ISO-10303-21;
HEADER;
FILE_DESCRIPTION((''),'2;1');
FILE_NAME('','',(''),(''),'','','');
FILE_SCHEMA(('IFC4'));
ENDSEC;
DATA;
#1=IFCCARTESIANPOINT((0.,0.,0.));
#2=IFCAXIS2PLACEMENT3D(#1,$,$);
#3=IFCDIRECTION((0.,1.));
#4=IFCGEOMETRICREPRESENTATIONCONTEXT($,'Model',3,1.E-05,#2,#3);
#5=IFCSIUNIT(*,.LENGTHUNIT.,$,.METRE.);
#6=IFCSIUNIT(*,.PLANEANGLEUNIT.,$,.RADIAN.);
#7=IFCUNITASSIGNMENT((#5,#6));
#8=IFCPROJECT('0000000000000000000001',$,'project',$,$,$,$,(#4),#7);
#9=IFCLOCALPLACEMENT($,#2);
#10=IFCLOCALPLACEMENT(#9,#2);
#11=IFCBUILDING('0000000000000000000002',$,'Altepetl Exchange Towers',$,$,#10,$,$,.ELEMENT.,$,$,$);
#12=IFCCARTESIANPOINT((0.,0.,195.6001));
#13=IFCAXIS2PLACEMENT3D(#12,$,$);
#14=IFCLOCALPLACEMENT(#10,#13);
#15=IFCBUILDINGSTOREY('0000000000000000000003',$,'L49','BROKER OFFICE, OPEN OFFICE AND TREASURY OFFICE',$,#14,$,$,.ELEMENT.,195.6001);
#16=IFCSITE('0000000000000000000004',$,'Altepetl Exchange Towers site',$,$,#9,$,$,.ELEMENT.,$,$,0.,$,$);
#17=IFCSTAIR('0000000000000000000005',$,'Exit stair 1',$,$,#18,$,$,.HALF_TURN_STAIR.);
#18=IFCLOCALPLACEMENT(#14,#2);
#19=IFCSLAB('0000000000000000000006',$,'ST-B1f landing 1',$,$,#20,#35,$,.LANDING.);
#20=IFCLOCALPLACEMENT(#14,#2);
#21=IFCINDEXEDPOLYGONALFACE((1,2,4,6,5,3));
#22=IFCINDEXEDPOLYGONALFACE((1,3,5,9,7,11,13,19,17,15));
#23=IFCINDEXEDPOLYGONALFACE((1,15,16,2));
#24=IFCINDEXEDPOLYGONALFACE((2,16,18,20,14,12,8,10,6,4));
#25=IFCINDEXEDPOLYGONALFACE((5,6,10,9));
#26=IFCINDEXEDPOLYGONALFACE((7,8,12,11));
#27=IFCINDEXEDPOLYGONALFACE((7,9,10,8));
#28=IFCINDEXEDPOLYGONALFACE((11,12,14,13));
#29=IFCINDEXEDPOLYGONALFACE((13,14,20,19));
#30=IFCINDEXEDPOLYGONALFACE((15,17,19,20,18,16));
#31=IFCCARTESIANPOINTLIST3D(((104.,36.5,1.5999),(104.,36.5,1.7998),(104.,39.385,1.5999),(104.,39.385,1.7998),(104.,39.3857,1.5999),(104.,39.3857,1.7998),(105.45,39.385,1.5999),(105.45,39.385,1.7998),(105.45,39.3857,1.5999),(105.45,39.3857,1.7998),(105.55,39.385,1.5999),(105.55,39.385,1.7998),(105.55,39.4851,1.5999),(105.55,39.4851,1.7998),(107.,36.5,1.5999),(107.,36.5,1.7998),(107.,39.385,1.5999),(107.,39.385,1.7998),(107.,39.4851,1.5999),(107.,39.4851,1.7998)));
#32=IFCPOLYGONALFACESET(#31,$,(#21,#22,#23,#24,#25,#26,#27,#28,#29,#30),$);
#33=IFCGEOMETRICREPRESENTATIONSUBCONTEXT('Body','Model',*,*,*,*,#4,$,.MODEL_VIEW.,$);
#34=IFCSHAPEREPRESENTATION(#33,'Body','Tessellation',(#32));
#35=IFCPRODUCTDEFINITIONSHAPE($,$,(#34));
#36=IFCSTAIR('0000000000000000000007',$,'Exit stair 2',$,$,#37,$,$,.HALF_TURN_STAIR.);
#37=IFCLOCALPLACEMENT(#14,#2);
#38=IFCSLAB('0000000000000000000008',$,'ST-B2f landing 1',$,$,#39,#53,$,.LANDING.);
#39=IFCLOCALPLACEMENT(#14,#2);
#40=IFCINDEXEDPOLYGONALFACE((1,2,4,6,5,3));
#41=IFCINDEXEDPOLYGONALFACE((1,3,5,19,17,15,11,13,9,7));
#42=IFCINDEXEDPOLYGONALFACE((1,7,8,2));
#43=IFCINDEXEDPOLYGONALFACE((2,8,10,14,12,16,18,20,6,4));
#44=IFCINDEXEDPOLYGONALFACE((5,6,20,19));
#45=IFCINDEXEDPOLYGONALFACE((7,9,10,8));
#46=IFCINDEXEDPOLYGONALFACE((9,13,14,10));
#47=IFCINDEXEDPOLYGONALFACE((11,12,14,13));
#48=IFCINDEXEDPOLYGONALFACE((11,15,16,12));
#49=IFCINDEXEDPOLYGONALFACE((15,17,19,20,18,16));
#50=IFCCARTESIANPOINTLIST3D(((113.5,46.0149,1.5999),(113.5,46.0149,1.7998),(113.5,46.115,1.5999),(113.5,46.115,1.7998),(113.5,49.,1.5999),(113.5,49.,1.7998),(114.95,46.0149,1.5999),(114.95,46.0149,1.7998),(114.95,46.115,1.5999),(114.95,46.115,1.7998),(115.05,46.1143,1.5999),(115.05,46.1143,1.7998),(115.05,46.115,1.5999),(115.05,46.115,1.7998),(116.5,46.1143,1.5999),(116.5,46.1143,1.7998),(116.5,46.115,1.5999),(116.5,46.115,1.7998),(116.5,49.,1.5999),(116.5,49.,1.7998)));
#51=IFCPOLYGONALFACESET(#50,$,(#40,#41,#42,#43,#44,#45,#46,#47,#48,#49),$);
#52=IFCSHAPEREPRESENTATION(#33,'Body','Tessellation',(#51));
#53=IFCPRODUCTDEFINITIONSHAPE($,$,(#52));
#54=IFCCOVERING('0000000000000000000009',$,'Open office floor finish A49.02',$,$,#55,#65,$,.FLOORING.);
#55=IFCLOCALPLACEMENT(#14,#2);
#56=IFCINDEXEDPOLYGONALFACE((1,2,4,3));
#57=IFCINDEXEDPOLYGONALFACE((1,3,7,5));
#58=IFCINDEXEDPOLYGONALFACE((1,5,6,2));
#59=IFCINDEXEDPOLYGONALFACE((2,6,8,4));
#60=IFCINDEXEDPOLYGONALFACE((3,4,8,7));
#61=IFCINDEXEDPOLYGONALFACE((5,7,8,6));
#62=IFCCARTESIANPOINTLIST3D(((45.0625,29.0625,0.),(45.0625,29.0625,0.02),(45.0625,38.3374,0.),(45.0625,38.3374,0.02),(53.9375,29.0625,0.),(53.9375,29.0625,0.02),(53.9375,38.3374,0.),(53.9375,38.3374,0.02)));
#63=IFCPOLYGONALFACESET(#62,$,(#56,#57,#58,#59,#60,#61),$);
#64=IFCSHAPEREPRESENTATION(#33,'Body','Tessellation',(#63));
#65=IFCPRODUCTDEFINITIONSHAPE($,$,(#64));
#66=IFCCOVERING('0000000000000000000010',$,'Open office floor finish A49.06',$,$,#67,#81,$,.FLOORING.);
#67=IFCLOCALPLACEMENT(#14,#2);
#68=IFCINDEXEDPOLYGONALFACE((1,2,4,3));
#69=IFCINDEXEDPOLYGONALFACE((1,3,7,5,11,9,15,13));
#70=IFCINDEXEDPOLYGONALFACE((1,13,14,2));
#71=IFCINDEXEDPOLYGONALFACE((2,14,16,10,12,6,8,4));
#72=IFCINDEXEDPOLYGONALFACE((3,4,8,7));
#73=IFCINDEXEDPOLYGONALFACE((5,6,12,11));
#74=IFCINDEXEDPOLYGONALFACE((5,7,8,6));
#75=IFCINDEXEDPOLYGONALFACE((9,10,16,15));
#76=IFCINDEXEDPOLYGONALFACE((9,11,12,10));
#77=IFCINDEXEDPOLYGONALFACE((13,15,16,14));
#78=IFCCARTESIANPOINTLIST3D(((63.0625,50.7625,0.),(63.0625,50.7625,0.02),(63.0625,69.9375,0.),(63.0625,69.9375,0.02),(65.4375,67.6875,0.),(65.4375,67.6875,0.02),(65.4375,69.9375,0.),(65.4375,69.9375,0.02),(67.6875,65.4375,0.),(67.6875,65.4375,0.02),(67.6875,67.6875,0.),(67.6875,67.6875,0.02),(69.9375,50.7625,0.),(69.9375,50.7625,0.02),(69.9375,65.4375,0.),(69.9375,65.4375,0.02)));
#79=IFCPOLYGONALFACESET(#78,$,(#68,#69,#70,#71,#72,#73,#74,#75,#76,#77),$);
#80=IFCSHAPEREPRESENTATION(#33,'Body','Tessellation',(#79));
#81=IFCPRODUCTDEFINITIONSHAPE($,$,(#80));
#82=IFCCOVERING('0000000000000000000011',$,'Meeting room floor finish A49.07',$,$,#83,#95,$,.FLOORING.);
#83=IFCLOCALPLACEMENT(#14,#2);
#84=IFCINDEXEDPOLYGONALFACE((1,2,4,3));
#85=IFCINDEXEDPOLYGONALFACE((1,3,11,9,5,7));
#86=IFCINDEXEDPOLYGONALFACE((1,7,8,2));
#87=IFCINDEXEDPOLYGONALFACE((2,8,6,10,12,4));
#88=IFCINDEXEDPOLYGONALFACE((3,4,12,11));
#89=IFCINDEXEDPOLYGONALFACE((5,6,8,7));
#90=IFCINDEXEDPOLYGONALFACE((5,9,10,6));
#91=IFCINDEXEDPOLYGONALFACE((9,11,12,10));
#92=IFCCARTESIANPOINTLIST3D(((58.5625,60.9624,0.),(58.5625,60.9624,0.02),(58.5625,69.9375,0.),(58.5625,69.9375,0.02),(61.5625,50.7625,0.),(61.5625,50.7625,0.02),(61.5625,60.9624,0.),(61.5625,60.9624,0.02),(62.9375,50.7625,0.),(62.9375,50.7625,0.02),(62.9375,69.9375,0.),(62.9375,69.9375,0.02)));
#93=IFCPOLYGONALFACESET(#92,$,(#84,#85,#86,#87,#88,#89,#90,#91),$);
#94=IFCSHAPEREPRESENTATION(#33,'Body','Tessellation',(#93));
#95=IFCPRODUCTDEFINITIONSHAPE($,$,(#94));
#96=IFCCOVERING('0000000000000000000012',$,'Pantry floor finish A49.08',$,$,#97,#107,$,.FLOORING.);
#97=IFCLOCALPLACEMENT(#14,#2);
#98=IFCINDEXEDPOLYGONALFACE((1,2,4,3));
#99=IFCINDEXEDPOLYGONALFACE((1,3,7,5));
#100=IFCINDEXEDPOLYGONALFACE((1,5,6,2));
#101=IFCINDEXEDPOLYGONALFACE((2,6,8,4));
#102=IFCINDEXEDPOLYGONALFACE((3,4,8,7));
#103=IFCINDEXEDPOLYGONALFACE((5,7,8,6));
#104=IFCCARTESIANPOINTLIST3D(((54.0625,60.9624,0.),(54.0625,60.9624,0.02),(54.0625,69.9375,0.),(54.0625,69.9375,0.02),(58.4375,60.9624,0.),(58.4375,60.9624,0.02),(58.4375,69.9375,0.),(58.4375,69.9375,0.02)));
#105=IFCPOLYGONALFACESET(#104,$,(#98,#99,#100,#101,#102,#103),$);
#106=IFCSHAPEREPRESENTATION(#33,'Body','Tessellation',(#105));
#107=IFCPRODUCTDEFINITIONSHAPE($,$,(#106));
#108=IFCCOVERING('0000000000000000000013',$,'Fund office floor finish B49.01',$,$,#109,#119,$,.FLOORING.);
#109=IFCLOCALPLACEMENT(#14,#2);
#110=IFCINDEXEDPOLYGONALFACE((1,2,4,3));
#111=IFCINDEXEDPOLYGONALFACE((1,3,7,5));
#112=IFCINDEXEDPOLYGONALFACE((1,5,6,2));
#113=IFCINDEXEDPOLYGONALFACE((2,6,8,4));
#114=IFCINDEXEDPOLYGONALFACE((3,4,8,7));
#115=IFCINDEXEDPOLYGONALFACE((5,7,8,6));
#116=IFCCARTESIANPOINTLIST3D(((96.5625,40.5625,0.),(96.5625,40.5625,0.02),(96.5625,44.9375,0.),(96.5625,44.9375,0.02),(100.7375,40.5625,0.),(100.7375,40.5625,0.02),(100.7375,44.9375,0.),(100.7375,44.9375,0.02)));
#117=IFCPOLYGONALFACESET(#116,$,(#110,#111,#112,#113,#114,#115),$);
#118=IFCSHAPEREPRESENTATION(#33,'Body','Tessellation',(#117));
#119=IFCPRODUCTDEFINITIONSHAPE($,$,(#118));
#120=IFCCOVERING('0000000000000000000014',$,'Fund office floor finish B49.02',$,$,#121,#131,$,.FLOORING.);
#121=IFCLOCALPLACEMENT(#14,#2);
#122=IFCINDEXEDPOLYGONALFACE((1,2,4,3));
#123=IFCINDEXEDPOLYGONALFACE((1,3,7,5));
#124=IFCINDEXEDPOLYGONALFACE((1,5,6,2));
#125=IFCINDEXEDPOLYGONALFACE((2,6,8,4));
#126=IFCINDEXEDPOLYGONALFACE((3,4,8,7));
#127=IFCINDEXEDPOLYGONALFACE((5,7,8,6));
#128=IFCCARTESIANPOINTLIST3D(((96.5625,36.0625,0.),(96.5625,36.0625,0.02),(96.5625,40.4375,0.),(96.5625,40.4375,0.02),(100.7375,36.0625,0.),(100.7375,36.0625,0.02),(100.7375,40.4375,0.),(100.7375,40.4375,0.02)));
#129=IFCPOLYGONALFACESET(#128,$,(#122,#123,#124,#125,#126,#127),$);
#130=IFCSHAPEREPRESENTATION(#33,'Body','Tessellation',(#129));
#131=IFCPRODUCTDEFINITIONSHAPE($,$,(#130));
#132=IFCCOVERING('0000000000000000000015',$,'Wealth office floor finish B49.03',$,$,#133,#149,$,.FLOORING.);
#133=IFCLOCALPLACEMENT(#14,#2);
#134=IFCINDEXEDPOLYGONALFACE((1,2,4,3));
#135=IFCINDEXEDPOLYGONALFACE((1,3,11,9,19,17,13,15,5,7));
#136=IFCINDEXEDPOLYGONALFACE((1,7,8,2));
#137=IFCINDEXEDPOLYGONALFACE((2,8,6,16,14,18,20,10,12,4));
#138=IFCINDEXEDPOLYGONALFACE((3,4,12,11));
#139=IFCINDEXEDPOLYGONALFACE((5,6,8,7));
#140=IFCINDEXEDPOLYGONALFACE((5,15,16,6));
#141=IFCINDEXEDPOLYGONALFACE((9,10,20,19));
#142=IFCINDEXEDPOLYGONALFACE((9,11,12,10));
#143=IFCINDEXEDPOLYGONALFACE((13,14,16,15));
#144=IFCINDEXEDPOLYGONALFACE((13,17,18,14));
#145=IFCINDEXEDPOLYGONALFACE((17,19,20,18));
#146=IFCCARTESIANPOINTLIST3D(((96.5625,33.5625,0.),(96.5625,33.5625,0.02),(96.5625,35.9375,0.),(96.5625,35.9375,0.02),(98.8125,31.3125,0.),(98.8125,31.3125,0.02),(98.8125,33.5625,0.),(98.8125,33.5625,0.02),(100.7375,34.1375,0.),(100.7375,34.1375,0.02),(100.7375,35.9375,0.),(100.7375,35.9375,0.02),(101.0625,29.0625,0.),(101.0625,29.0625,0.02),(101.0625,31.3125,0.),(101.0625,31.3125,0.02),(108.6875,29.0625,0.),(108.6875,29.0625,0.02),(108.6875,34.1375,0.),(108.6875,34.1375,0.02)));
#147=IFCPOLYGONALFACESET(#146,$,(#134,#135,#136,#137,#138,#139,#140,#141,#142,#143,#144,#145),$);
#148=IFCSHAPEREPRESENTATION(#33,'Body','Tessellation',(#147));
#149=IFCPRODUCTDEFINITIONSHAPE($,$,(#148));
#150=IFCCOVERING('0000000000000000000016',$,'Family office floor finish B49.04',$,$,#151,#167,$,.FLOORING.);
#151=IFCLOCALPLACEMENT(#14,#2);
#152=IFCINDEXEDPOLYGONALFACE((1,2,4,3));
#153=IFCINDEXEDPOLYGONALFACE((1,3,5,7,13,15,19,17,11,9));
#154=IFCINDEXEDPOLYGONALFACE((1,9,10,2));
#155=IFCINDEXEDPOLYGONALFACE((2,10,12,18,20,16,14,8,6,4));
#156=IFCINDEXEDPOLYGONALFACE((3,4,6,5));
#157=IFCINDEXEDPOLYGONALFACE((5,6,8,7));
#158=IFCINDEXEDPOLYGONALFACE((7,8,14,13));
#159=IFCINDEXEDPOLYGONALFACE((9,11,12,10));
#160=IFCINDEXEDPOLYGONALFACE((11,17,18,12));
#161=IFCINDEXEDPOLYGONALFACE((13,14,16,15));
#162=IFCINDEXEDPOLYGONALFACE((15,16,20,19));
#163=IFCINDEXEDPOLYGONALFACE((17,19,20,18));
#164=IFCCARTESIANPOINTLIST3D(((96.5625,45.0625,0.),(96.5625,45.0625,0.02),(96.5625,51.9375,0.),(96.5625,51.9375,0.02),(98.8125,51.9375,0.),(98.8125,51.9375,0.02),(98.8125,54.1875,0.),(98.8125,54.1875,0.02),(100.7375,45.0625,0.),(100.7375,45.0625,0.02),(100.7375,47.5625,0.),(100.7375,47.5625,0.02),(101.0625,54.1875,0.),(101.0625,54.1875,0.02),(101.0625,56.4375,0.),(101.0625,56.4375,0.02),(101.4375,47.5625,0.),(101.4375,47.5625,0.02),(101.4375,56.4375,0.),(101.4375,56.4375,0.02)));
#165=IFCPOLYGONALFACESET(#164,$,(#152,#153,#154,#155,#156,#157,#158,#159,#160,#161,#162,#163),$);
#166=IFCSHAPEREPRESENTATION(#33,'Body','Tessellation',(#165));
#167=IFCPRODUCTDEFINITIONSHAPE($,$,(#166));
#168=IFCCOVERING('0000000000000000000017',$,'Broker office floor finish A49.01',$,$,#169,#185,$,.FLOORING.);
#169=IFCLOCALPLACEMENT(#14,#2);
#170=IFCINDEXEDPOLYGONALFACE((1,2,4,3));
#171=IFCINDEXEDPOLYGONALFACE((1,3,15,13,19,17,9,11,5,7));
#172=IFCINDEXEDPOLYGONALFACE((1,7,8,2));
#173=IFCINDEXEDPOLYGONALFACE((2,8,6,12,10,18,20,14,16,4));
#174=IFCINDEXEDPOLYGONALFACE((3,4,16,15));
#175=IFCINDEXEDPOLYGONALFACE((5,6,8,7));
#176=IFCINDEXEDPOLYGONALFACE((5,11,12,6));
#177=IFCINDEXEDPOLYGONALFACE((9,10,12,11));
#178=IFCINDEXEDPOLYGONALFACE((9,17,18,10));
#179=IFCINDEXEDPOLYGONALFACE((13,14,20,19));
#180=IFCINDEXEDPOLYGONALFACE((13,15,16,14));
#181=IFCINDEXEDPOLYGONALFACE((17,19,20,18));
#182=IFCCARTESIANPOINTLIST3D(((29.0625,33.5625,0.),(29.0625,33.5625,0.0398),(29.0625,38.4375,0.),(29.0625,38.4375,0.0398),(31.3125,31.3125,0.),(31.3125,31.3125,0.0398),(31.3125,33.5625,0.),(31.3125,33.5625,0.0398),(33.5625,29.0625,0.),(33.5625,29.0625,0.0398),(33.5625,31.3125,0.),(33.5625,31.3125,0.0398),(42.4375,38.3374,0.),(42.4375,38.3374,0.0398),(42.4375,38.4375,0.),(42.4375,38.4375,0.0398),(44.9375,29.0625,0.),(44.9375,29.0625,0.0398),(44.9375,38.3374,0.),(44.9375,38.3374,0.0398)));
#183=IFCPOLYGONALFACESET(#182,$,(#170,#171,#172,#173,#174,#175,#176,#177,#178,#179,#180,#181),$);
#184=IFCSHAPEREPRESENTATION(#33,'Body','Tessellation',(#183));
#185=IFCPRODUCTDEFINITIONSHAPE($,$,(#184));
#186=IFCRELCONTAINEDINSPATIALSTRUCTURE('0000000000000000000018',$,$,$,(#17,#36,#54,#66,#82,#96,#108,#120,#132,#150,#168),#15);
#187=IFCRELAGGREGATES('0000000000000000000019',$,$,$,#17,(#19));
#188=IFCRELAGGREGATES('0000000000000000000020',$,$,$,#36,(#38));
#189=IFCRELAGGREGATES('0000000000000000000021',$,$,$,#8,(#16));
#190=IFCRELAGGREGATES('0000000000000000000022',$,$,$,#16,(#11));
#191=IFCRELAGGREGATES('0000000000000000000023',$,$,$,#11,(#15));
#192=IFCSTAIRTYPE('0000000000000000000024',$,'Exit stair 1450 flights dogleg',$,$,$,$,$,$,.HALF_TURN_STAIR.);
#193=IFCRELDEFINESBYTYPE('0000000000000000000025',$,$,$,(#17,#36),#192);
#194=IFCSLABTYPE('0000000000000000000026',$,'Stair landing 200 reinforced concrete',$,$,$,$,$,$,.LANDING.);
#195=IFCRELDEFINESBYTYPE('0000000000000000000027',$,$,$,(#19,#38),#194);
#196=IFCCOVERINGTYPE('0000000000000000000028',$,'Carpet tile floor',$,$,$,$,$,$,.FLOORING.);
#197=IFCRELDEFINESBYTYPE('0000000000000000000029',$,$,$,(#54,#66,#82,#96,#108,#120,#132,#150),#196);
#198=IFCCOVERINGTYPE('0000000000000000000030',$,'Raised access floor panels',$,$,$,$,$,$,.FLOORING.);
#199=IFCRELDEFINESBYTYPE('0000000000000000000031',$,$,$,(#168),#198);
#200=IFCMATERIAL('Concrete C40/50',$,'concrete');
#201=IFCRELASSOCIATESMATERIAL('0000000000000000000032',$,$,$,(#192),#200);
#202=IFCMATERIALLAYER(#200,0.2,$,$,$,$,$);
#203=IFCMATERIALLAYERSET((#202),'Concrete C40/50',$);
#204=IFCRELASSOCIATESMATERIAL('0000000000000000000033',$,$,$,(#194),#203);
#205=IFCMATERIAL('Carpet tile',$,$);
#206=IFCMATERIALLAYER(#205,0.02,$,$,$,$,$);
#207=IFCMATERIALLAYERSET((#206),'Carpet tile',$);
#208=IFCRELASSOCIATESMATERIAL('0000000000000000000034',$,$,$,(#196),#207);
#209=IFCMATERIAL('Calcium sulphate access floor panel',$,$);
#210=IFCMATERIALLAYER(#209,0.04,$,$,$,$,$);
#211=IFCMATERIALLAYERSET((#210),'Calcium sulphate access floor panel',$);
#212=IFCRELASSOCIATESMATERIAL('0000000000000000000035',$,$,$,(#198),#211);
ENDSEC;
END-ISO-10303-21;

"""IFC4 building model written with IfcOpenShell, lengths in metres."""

from ifc_helpers import new_model, si_unit, direction, frame, origin, place, context, subcontext, project, spatial, polyline, outline, extrude, material, layer, layer_set, type_object, element, aggregate, save


model = new_model("IFC4")

# Units and contexts
model_context = context("Model", 3, precision=1e-05, world=origin(), true_north=direction((0.0, 1.0)))
body_context = subcontext(model_context, "Body", "Model", "MODEL_VIEW")
ifc_project = project(units=[si_unit("LENGTHUNIT", "METRE"), si_unit("PLANEANGLEUNIT", "RADIAN")], contexts=[model_context])

# Site, building, storey
site_placement = place(None, origin())
site = spatial("IfcSite", under=ifc_project, at=site_placement, Name="Altepetl Exchange Towers site", CompositionType="ELEMENT", RefElevation=0.0)
building_placement = place(site_placement, origin())
building = spatial("IfcBuilding", under=site, at=building_placement, Name="Altepetl Exchange Towers", CompositionType="ELEMENT")
storey_placement = place(building_placement, frame((0.0, 0.0, 195.6001)))
storey = spatial("IfcBuildingStorey", under=building, at=storey_placement, Name="L49", Description="BROKER OFFICE, OPEN OFFICE AND TREASURY OFFICE", CompositionType="ELEMENT", Elevation=195.6001)

# Shared definitions
ifc_material_1 = material(Name="Concrete C40/50", Category="concrete")

# Stairs, slabs
stair_type = type_object("IfcStairType", Name="Exit stair 1450 flights dogleg", PredefinedType="HALF_TURN_STAIR", material=ifc_material_1)
ifc_layer_1 = layer(ifc_material_1, 0.2)
ifc_layer_set_1 = layer_set([ifc_layer_1], Name="Concrete C40/50")
slab_type_1 = type_object("IfcSlabType", Name="Stair landing 200 reinforced concrete", PredefinedType="LANDING", material=ifc_layer_set_1)
stair_1_placement = place(storey_placement, origin())
stair_1 = element("IfcStair", 1, at=stair_1_placement, inside=storey, type_object=stair_type, Name="Exit stair 1", PredefinedType="HALF_TURN_STAIR")
slab_1_placement = place(storey_placement, frame((0.0, 0.0, 1.5999)))
slab_1 = element("IfcSlab", 2, at=slab_1_placement, type_object=slab_type_1, Name="ST-B1f landing 1", PredefinedType="LANDING", context=body_context, shape_type="SweptSolid", body=[
    extrude(outline(polyline([(107.0, 36.5), (104.0, 36.5), (104.0, 39.385), (104.0, 39.3857), (105.45, 39.3857), (105.45, 39.385), (105.55, 39.385), (105.55, 39.4851), (107.0, 39.4851), (107.0, 39.385), (107.0, 36.5)])), origin(), (0.0, 0.0, 1.0), 0.2),
])
aggregate(stair_1, [slab_1])
stair_2_placement = place(storey_placement, origin())
stair_2 = element("IfcStair", 3, at=stair_2_placement, inside=storey, type_object=stair_type, Name="Exit stair 2", PredefinedType="HALF_TURN_STAIR")
slab_2_placement = place(storey_placement, frame((0.0, 0.0, 1.5999)))
slab_2 = element("IfcSlab", 4, at=slab_2_placement, type_object=slab_type_1, Name="ST-B2f landing 1", PredefinedType="LANDING", context=body_context, shape_type="SweptSolid", body=[
    extrude(outline(polyline([(114.95, 46.0149), (113.5, 46.0149), (113.5, 46.115), (113.5, 49.0), (116.5, 49.0), (116.5, 46.115), (116.5, 46.1143), (115.05, 46.1143), (115.05, 46.115), (114.95, 46.115), (114.95, 46.0149)])), origin(), (0.0, 0.0, 1.0), 0.2),
])
aggregate(stair_2, [slab_2])

# Coverings
ifc_material_2 = material(Name="Carpet tile")
ifc_layer_2 = layer(ifc_material_2, 0.02)
ifc_layer_set_2 = layer_set([ifc_layer_2], Name="Carpet tile")
covering_type_1 = type_object("IfcCoveringType", Name="Carpet tile floor", PredefinedType="FLOORING", material=ifc_layer_set_2)
covering_1_placement = place(storey_placement, origin())
element("IfcCovering", 5, at=covering_1_placement, inside=storey, type_object=covering_type_1, Name="Open office floor finish A49.02", PredefinedType="FLOORING", context=body_context, shape_type="SweptSolid", body=[
    extrude(outline(polyline([(45.0625, 38.3374), (45.0625, 29.0625), (53.9375, 29.0625), (53.9375, 38.3374), (45.0625, 38.3374)])), origin(), (0.0, 0.0, 1.0), 0.02),
])
covering_2_placement = place(storey_placement, origin())
element("IfcCovering", 6, at=covering_2_placement, inside=storey, type_object=covering_type_1, Name="Open office floor finish A49.06", PredefinedType="FLOORING", context=body_context, shape_type="SweptSolid", body=[
    extrude(outline(polyline([(65.4375, 67.6875), (65.4375, 69.9375), (63.0625, 69.9375), (63.0625, 50.7625), (69.9375, 50.7625), (69.9375, 65.4375), (67.6875, 65.4375), (67.6875, 67.6875), (65.4375, 67.6875)])), origin(), (0.0, 0.0, 1.0), 0.02),
])
covering_3_placement = place(storey_placement, origin())
element("IfcCovering", 7, at=covering_3_placement, inside=storey, type_object=covering_type_1, Name="Meeting room floor finish A49.07", PredefinedType="FLOORING", context=body_context, shape_type="SweptSolid", body=[
    extrude(outline(polyline([(62.9375, 50.7625), (62.9375, 69.9375), (58.5625, 69.9375), (58.5625, 60.9624), (61.5625, 60.9624), (61.5625, 50.7625), (62.9375, 50.7625)])), origin(), (0.0, 0.0, 1.0), 0.02),
])
covering_4_placement = place(storey_placement, origin())
element("IfcCovering", 8, at=covering_4_placement, inside=storey, type_object=covering_type_1, Name="Pantry floor finish A49.08", PredefinedType="FLOORING", context=body_context, shape_type="SweptSolid", body=[
    extrude(outline(polyline([(58.4375, 60.9624), (58.4375, 69.9375), (54.0625, 69.9375), (54.0625, 60.9624), (58.4375, 60.9624)])), origin(), (0.0, 0.0, 1.0), 0.02),
])
covering_5_placement = place(storey_placement, origin())
element("IfcCovering", 9, at=covering_5_placement, inside=storey, type_object=covering_type_1, Name="Fund office floor finish B49.01", PredefinedType="FLOORING", context=body_context, shape_type="SweptSolid", body=[
    extrude(outline(polyline([(100.7375, 44.9375), (96.5625, 44.9375), (96.5625, 40.5625), (100.7375, 40.5625), (100.7375, 44.9375)])), origin(), (0.0, 0.0, 1.0), 0.02),
])
covering_6_placement = place(storey_placement, origin())
element("IfcCovering", 10, at=covering_6_placement, inside=storey, type_object=covering_type_1, Name="Fund office floor finish B49.02", PredefinedType="FLOORING", context=body_context, shape_type="SweptSolid", body=[
    extrude(outline(polyline([(100.7375, 40.4375), (96.5625, 40.4375), (96.5625, 36.0625), (100.7375, 36.0625), (100.7375, 40.4375)])), origin(), (0.0, 0.0, 1.0), 0.02),
])
covering_7_placement = place(storey_placement, origin())
element("IfcCovering", 11, at=covering_7_placement, inside=storey, type_object=covering_type_1, Name="Wealth office floor finish B49.03", PredefinedType="FLOORING", context=body_context, shape_type="SweptSolid", body=[
    extrude(outline(polyline([(100.7375, 34.1375), (100.7375, 35.9375), (96.5625, 35.9375), (96.5625, 33.5625), (98.8125, 33.5625), (98.8125, 31.3125), (101.0625, 31.3125), (101.0625, 29.0625), (108.6875, 29.0625), (108.6875, 34.1375), (100.7375, 34.1375)])), origin(), (0.0, 0.0, 1.0), 0.02),
])
covering_8_placement = place(storey_placement, origin())
element("IfcCovering", 12, at=covering_8_placement, inside=storey, type_object=covering_type_1, Name="Family office floor finish B49.04", PredefinedType="FLOORING", context=body_context, shape_type="SweptSolid", body=[
    extrude(outline(polyline([(96.5625, 51.9375), (96.5625, 45.0625), (100.7375, 45.0625), (100.7375, 47.5625), (101.4375, 47.5625), (101.4375, 56.4375), (101.0625, 56.4375), (101.0625, 54.1875), (98.8125, 54.1875), (98.8125, 51.9375), (96.5625, 51.9375)])), origin(), (0.0, 0.0, 1.0), 0.02),
])
ifc_material_3 = material(Name="Calcium sulphate access floor panel")
ifc_layer_3 = layer(ifc_material_3, 0.04)
ifc_layer_set_3 = layer_set([ifc_layer_3], Name="Calcium sulphate access floor panel")
covering_type_2 = type_object("IfcCoveringType", Name="Raised access floor panels", PredefinedType="FLOORING", material=ifc_layer_set_3)
covering_9_placement = place(storey_placement, origin())
element("IfcCovering", 13, at=covering_9_placement, inside=storey, type_object=covering_type_2, Name="Broker office floor finish A49.01", PredefinedType="FLOORING", context=body_context, shape_type="SweptSolid", body=[
    extrude(outline(polyline([(33.5625, 29.0625), (44.9375, 29.0625), (44.9375, 38.3374), (42.4375, 38.3374), (42.4375, 38.4375), (29.0625, 38.4375), (29.0625, 33.5625), (31.3125, 33.5625), (31.3125, 31.3125), (33.5625, 31.3125), (33.5625, 29.0625)])), origin(), (0.0, 0.0, 1.0), 0.0398),
])

save(model, "model.ifc")
